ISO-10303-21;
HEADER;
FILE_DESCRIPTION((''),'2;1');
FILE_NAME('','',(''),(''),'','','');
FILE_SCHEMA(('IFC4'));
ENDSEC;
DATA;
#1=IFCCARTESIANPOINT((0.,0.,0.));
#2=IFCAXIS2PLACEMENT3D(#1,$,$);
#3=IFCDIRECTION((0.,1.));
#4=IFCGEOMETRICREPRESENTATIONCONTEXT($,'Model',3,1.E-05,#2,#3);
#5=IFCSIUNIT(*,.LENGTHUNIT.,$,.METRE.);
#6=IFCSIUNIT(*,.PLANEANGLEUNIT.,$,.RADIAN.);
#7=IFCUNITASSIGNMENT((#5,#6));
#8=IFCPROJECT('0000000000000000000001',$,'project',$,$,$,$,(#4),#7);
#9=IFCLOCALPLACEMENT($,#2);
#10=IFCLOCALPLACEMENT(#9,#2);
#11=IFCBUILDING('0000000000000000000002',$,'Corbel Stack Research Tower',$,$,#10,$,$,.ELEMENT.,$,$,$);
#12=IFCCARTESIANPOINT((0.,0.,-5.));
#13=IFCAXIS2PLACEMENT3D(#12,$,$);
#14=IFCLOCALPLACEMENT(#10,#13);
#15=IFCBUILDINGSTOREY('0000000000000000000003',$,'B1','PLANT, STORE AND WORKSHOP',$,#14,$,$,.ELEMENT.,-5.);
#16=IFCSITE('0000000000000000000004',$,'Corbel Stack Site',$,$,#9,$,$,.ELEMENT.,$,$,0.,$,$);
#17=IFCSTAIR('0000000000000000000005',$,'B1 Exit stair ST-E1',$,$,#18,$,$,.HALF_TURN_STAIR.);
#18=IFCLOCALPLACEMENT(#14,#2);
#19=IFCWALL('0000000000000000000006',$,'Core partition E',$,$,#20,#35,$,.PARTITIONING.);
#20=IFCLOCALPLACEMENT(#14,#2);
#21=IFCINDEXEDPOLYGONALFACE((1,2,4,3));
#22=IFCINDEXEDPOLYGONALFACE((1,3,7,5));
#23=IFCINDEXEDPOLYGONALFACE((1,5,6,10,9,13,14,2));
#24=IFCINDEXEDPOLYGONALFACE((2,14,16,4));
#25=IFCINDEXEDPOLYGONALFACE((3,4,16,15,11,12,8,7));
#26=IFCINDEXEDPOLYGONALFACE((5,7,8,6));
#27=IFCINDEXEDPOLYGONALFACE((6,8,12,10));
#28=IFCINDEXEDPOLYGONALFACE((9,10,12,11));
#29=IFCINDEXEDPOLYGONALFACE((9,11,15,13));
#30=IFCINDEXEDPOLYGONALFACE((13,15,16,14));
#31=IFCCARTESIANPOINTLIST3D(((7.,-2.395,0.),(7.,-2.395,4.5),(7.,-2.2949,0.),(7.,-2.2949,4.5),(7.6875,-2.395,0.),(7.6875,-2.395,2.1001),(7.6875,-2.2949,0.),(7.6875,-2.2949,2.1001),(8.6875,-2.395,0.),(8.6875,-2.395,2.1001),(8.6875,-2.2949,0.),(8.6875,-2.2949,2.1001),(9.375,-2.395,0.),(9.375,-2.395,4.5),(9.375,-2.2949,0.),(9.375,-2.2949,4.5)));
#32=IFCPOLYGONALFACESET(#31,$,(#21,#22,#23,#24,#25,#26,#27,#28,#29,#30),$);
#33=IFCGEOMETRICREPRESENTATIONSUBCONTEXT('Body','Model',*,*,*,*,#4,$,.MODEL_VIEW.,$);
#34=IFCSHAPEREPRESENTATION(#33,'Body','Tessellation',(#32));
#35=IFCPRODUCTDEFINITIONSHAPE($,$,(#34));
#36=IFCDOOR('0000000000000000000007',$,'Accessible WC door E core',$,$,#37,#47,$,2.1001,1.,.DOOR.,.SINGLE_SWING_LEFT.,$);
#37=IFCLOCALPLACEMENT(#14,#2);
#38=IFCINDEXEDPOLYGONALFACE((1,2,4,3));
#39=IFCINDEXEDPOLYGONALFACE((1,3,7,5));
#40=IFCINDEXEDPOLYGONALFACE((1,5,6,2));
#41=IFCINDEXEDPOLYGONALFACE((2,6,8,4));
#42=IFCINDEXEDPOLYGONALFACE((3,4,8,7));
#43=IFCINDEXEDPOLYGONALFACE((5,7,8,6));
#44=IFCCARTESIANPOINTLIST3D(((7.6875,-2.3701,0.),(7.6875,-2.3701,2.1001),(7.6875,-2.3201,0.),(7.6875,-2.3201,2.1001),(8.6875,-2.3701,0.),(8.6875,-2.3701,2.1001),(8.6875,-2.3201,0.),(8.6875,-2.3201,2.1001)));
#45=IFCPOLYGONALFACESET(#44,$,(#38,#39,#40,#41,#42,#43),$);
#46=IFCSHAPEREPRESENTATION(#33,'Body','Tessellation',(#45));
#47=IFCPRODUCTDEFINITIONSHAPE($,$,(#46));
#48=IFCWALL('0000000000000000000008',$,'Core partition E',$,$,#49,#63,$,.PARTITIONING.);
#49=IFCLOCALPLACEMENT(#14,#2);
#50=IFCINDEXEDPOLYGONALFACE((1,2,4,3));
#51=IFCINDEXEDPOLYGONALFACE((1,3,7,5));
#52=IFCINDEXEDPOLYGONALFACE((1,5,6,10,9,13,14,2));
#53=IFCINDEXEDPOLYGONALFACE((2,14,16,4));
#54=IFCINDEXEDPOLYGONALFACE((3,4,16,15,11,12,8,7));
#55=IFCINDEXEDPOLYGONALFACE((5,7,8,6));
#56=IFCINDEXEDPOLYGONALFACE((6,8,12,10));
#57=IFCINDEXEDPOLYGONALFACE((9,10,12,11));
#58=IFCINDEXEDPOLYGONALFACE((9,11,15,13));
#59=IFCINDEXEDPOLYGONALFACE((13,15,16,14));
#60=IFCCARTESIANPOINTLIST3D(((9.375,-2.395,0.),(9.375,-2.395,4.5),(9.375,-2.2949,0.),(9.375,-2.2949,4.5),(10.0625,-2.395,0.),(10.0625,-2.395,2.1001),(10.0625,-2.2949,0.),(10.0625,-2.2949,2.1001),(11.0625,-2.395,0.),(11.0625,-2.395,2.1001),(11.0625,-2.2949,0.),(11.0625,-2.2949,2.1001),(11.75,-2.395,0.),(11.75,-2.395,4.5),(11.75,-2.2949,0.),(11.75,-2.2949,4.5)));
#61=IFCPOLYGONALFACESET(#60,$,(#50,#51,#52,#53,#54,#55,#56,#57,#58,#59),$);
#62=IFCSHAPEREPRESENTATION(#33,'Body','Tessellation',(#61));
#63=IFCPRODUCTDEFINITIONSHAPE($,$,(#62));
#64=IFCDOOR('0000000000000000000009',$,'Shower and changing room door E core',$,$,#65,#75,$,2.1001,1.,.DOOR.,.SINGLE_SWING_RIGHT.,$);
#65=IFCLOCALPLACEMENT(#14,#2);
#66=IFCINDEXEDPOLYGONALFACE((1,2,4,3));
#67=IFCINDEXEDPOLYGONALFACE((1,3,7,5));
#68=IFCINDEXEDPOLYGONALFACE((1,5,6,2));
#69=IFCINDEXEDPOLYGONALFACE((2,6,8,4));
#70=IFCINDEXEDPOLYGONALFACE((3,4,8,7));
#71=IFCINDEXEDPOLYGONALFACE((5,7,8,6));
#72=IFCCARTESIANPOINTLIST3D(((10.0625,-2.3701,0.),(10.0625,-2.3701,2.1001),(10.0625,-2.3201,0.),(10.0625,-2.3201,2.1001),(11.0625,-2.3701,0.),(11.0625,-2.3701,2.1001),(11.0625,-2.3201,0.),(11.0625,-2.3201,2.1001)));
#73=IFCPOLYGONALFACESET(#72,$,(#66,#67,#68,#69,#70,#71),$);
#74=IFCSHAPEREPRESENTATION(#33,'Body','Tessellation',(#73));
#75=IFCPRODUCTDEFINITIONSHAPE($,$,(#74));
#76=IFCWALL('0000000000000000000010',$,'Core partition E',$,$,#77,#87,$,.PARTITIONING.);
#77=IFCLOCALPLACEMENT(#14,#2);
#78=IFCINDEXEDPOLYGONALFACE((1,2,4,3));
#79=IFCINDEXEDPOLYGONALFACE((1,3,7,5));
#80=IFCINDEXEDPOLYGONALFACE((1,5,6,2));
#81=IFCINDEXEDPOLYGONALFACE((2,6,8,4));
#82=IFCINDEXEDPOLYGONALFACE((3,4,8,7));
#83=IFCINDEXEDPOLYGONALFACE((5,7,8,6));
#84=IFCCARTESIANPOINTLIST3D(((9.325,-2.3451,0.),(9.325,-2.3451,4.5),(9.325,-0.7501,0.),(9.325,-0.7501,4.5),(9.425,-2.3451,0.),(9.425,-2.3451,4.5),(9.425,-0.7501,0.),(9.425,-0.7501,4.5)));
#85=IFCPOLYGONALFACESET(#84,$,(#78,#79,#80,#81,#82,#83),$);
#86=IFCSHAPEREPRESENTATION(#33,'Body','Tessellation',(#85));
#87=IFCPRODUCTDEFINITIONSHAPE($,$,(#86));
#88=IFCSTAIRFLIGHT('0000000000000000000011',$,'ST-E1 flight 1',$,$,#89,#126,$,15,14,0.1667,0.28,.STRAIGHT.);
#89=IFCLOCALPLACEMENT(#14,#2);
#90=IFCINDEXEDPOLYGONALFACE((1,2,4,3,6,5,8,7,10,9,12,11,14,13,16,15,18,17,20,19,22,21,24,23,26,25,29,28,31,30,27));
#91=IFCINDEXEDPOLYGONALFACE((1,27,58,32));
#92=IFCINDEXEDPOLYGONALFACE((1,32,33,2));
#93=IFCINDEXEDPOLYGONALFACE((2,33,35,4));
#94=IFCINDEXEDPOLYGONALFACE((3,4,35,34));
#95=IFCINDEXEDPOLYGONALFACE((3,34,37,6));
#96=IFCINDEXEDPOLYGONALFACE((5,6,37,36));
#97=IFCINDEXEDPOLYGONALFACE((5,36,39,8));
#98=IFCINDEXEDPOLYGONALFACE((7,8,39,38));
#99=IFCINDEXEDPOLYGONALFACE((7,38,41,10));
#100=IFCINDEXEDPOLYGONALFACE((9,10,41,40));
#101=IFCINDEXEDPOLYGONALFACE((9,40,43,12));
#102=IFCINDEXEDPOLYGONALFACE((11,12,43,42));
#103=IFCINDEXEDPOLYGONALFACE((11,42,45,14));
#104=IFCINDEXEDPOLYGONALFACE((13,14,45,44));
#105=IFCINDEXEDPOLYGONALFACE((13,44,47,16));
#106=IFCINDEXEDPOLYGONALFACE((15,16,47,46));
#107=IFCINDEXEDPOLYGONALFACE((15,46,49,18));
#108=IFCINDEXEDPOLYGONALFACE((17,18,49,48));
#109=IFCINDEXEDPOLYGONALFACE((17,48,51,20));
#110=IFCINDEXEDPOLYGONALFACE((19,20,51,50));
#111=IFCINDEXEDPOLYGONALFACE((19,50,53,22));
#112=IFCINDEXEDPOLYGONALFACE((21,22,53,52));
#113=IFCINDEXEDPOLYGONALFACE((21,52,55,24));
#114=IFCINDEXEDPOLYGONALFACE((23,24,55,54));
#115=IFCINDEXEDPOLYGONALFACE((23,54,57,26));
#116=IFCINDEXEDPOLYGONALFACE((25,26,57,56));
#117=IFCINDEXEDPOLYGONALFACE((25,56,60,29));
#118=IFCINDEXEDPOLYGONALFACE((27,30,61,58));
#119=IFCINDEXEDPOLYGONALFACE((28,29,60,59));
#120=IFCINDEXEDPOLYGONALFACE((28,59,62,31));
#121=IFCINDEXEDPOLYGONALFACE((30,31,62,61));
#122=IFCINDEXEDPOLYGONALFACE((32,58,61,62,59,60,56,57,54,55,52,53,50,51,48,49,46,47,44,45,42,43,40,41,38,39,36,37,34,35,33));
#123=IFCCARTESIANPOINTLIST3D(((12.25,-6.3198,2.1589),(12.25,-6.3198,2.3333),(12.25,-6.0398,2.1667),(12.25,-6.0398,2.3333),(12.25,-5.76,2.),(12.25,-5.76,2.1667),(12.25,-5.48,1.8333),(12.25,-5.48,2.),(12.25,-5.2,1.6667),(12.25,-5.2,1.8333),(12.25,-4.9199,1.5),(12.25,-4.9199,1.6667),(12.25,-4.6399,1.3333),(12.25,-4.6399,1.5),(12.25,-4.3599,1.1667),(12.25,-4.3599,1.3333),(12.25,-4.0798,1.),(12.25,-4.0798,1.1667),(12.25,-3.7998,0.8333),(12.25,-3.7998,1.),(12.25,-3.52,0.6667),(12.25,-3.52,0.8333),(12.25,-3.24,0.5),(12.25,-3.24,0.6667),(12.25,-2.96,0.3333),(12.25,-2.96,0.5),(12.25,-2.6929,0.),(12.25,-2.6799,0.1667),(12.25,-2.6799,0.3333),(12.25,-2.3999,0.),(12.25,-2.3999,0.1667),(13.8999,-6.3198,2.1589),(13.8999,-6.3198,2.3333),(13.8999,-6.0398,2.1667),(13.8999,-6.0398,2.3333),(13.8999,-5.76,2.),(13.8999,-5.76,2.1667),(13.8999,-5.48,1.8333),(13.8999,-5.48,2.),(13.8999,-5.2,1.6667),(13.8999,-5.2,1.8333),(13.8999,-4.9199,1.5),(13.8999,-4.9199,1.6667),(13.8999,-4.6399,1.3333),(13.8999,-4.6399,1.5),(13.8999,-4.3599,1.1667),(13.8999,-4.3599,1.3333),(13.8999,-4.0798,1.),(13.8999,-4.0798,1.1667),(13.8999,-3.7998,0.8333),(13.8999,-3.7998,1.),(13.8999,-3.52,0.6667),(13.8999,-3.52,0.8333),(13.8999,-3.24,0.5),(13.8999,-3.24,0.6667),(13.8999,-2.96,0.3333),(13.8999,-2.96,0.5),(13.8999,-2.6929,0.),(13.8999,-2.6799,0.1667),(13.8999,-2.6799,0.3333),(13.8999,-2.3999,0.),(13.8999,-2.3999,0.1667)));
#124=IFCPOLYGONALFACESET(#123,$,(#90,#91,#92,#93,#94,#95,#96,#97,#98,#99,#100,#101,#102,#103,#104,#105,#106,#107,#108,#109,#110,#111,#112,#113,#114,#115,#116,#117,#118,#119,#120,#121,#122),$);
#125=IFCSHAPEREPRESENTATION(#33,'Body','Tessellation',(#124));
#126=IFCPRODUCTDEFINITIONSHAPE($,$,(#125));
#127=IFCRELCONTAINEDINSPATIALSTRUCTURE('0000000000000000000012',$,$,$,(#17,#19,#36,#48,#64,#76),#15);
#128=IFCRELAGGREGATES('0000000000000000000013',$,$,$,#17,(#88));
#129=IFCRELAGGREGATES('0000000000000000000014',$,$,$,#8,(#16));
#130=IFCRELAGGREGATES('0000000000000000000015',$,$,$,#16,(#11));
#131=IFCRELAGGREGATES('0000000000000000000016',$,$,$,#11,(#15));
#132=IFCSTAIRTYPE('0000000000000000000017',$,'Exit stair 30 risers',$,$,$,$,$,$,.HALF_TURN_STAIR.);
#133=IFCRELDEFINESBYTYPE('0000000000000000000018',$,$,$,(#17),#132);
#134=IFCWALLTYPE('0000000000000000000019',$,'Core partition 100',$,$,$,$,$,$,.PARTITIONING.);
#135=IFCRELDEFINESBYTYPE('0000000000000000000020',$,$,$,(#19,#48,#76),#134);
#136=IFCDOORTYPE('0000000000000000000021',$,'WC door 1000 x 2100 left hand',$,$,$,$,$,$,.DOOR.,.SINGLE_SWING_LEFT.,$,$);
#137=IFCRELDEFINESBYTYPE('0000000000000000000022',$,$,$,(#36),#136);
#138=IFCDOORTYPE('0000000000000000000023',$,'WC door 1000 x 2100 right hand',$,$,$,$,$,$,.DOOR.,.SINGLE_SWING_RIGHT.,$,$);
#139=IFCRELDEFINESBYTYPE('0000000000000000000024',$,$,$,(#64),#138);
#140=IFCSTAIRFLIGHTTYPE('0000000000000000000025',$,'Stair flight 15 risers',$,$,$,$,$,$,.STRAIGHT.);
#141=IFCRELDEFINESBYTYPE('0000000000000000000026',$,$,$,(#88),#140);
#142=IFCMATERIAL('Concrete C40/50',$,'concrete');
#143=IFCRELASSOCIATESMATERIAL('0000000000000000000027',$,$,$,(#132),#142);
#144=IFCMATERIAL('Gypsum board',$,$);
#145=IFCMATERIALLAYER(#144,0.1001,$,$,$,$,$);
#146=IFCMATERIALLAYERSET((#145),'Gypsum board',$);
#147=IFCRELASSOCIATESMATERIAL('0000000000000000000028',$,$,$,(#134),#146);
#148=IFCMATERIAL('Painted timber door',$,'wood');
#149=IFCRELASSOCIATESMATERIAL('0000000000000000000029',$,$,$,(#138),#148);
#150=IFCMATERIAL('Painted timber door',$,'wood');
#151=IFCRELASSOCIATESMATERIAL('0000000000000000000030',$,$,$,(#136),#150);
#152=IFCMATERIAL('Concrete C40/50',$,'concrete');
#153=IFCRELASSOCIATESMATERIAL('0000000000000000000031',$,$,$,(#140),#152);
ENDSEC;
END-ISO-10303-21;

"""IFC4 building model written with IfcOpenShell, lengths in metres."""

from ifc_helpers import new_model, si_unit, direction, frame, frame_2d, origin, place, context, subcontext, project, spatial, polyline, rectangle, outline, extrude, material, layer, layer_set, type_object, element, fill, aggregate, save


model = new_model("IFC4")

# Units and contexts
model_context = context("Model", 3, precision=1e-05, world=origin(), true_north=direction((0.0, 1.0)))
body_context = subcontext(model_context, "Body", "Model", "MODEL_VIEW")
ifc_project = project(units=[si_unit("LENGTHUNIT", "METRE"), si_unit("PLANEANGLEUNIT", "RADIAN")], contexts=[model_context])

# Site, building, storey
site_placement = place(None, origin())
site = spatial("IfcSite", under=ifc_project, at=site_placement, Name="Corbel Stack Site", CompositionType="ELEMENT", RefElevation=0.0)
building_placement = place(site_placement, origin())
building = spatial("IfcBuilding", under=site, at=building_placement, Name="Corbel Stack Research Tower", CompositionType="ELEMENT")
storey_placement = place(building_placement, frame((0.0, 0.0, -5.0)))
storey = spatial("IfcBuildingStorey", under=building, at=storey_placement, Name="B1", Description="PLANT, STORE AND WORKSHOP", CompositionType="ELEMENT", Elevation=-5.0)

# Stair
ifc_material_1 = material(Name="Concrete C40/50", Category="concrete")
stair_type = type_object("IfcStairType", Name="Exit stair 30 risers", PredefinedType="HALF_TURN_STAIR", material=ifc_material_1)
stair_1_placement = place(storey_placement, origin())
stair_1 = element("IfcStair", 1, at=stair_1_placement, inside=storey, type_object=stair_type, Name="B1 Exit stair ST-E1", PredefinedType="HALF_TURN_STAIR")

# Walls, openings, doors
ifc_material_2 = material(Name="Gypsum board")
ifc_layer_1 = layer(ifc_material_2, 0.1001)
ifc_layer_set_1 = layer_set([ifc_layer_1], Name="Gypsum board")
wall_type_1 = type_object("IfcWallType", Name="Core partition 100", PredefinedType="PARTITIONING", material=ifc_layer_set_1)
ifc_material_3 = material(Name="Painted timber door", Category="wood")
door_type_1 = type_object("IfcDoorType", Name="WC door 1000 x 2100 right hand", OperationType="SINGLE_SWING_RIGHT", PredefinedType="DOOR", material=ifc_material_3)
wall_1_placement = place(storey_placement, frame((7.0, -2.345, 0.0), z_axis=(0.0, 0.0, 1.0), x_axis=(1.0, 0.0, 0.0)))
wall_1 = element("IfcWall", 2, at=wall_1_placement, inside=storey, type_object=wall_type_1, Name="Core partition E", PredefinedType="PARTITIONING", context=body_context, shape_type="SweptSolid", body=[
    extrude(rectangle(XDim=2.375, YDim=0.1001, at=frame_2d((1.1875, 0.0))), origin(), (0.0, 0.0, 1.0), 4.5),
])
opening_1_placement = place(wall_1_placement, frame((0.6875, 0.0, 0.0)))
opening_1 = element("IfcOpeningElement", 3, at=opening_1_placement, cuts=wall_1, PredefinedType="OPENING", context=body_context, shape_type="SweptSolid", body=[
    extrude(rectangle(XDim=1.0, YDim=2.1001, at=frame_2d((0.5, 1.05))), frame((0.0, 0.0601, 0.0), z_axis=(0.0, -1.0, 0.0), x_axis=(1.0, 0.0, 0.0)), (0.0, 0.0, 1.0), 0.1201),
])
ifc_material_4 = material(Name="Painted timber door", Category="wood")
door_type_2 = type_object("IfcDoorType", Name="WC door 1000 x 2100 left hand", OperationType="SINGLE_SWING_LEFT", PredefinedType="DOOR", material=ifc_material_4)
door_1_placement = place(opening_1_placement, origin())
door_1 = element("IfcDoor", 4, at=door_1_placement, inside=storey, type_object=door_type_2, Name="Accessible WC door E core", OperationType="SINGLE_SWING_LEFT", OverallHeight=2.1001, OverallWidth=1.0, PredefinedType="DOOR", context=body_context, shape_type="SweptSolid", body=[
    extrude(rectangle(XDim=1.0, YDim=2.1001, at=frame_2d((0.5, 1.05))), frame((0.0, 0.0249, 0.0), z_axis=(0.0, -1.0, 0.0), x_axis=(1.0, 0.0, 0.0)), (0.0, 0.0, 1.0), 0.05),
])
fill(opening_1, door_1)
wall_2_placement = place(storey_placement, frame((9.375, -2.345, 0.0), z_axis=(0.0, 0.0, 1.0), x_axis=(1.0, 0.0, 0.0)))
wall_2 = element("IfcWall", 5, at=wall_2_placement, inside=storey, type_object=wall_type_1, Name="Core partition E", PredefinedType="PARTITIONING", context=body_context, shape_type="SweptSolid", body=[
    extrude(rectangle(XDim=2.375, YDim=0.1001, at=frame_2d((1.1875, 0.0))), origin(), (0.0, 0.0, 1.0), 4.5),
])
opening_2_placement = place(wall_2_placement, frame((0.6875, 0.0, 0.0)))
opening_2 = element("IfcOpeningElement", 6, at=opening_2_placement, cuts=wall_2, PredefinedType="OPENING", context=body_context, shape_type="SweptSolid", body=[
    extrude(rectangle(XDim=1.0, YDim=2.1001, at=frame_2d((0.5, 1.05))), frame((0.0, 0.0601, 0.0), z_axis=(0.0, -1.0, 0.0), x_axis=(1.0, 0.0, 0.0)), (0.0, 0.0, 1.0), 0.1201),
])
door_2_placement = place(opening_2_placement, origin())
door_2 = element("IfcDoor", 7, at=door_2_placement, inside=storey, type_object=door_type_1, Name="Shower and changing room door E core", OperationType="SINGLE_SWING_RIGHT", OverallHeight=2.1001, OverallWidth=1.0, PredefinedType="DOOR", context=body_context, shape_type="SweptSolid", body=[
    extrude(rectangle(XDim=1.0, YDim=2.1001, at=frame_2d((0.5, 1.05))), frame((0.0, 0.0249, 0.0), z_axis=(0.0, -1.0, 0.0), x_axis=(1.0, 0.0, 0.0)), (0.0, 0.0, 1.0), 0.05),
])
fill(opening_2, door_2)

# Wall
wall_3_placement = place(storey_placement, frame((9.375, -2.345, 0.0), z_axis=(0.0, 0.0, 1.0), x_axis=(0.0, 1.0, 0.0)))
element("IfcWall", 8, at=wall_3_placement, inside=storey, type_object=wall_type_1, Name="Core partition E", PredefinedType="PARTITIONING", context=body_context, shape_type="SweptSolid", body=[
    extrude(rectangle(XDim=1.595, YDim=0.1001, at=frame_2d((0.7974, 0.0))), origin(), (0.0, 0.0, 1.0), 4.5),
])

# Stair flight
ifc_material_5 = material(Name="Concrete C40/50", Category="concrete")
stair_flight_type = type_object("IfcStairFlightType", Name="Stair flight 15 risers", PredefinedType="STRAIGHT", material=ifc_material_5)
stair_flight_placement = place(storey_placement, frame((13.075, -2.3999, 0.0), z_axis=(0.0, 0.0, 1.0), x_axis=(0.0, -1.0, 0.0)))
stair_flight = element("IfcStairFlight", 9, at=stair_flight_placement, type_object=stair_flight_type, Name="ST-E1 flight 1", NumberOfRisers=15, NumberOfTreads=14, PredefinedType="STRAIGHT", RiserHeight=0.1667, TreadLength=0.28, context=body_context, shape_type="SweptSolid", body=[
    extrude(outline(polyline([(0.0, 0.0), (0.0, 0.1667), (0.28, 0.1667), (0.28, 0.3333), (0.5601, 0.3333), (0.5601, 0.5), (0.8401, 0.5), (0.8401, 0.6667), (1.1201, 0.6667), (1.1201, 0.8333), (1.3999, 0.8333), (1.3999, 1.0), (1.6799, 1.0), (1.6799, 1.1667), (1.96, 1.1667), (1.96, 1.3333), (2.24, 1.3333), (2.24, 1.5), (2.52, 1.5), (2.52, 1.6667), (2.8, 1.6667), (2.8, 1.8333), (3.0801, 1.8333), (3.0801, 2.0), (3.3601, 2.0), (3.3601, 2.1667), (3.6399, 2.1667), (3.6399, 2.3333), (3.9199, 2.3333), (3.9199, 2.5), (3.9199, 2.1589), (0.293, 0.0), (0.0, 0.0)])), frame((0.0, 0.825, 0.0), z_axis=(0.0, -1.0, 0.0), x_axis=(1.0, 0.0, 0.0)), (0.0, 0.0, 1.0), 1.6499),
])
aggregate(stair_1, [stair_flight])

save(model, "model.ifc")
